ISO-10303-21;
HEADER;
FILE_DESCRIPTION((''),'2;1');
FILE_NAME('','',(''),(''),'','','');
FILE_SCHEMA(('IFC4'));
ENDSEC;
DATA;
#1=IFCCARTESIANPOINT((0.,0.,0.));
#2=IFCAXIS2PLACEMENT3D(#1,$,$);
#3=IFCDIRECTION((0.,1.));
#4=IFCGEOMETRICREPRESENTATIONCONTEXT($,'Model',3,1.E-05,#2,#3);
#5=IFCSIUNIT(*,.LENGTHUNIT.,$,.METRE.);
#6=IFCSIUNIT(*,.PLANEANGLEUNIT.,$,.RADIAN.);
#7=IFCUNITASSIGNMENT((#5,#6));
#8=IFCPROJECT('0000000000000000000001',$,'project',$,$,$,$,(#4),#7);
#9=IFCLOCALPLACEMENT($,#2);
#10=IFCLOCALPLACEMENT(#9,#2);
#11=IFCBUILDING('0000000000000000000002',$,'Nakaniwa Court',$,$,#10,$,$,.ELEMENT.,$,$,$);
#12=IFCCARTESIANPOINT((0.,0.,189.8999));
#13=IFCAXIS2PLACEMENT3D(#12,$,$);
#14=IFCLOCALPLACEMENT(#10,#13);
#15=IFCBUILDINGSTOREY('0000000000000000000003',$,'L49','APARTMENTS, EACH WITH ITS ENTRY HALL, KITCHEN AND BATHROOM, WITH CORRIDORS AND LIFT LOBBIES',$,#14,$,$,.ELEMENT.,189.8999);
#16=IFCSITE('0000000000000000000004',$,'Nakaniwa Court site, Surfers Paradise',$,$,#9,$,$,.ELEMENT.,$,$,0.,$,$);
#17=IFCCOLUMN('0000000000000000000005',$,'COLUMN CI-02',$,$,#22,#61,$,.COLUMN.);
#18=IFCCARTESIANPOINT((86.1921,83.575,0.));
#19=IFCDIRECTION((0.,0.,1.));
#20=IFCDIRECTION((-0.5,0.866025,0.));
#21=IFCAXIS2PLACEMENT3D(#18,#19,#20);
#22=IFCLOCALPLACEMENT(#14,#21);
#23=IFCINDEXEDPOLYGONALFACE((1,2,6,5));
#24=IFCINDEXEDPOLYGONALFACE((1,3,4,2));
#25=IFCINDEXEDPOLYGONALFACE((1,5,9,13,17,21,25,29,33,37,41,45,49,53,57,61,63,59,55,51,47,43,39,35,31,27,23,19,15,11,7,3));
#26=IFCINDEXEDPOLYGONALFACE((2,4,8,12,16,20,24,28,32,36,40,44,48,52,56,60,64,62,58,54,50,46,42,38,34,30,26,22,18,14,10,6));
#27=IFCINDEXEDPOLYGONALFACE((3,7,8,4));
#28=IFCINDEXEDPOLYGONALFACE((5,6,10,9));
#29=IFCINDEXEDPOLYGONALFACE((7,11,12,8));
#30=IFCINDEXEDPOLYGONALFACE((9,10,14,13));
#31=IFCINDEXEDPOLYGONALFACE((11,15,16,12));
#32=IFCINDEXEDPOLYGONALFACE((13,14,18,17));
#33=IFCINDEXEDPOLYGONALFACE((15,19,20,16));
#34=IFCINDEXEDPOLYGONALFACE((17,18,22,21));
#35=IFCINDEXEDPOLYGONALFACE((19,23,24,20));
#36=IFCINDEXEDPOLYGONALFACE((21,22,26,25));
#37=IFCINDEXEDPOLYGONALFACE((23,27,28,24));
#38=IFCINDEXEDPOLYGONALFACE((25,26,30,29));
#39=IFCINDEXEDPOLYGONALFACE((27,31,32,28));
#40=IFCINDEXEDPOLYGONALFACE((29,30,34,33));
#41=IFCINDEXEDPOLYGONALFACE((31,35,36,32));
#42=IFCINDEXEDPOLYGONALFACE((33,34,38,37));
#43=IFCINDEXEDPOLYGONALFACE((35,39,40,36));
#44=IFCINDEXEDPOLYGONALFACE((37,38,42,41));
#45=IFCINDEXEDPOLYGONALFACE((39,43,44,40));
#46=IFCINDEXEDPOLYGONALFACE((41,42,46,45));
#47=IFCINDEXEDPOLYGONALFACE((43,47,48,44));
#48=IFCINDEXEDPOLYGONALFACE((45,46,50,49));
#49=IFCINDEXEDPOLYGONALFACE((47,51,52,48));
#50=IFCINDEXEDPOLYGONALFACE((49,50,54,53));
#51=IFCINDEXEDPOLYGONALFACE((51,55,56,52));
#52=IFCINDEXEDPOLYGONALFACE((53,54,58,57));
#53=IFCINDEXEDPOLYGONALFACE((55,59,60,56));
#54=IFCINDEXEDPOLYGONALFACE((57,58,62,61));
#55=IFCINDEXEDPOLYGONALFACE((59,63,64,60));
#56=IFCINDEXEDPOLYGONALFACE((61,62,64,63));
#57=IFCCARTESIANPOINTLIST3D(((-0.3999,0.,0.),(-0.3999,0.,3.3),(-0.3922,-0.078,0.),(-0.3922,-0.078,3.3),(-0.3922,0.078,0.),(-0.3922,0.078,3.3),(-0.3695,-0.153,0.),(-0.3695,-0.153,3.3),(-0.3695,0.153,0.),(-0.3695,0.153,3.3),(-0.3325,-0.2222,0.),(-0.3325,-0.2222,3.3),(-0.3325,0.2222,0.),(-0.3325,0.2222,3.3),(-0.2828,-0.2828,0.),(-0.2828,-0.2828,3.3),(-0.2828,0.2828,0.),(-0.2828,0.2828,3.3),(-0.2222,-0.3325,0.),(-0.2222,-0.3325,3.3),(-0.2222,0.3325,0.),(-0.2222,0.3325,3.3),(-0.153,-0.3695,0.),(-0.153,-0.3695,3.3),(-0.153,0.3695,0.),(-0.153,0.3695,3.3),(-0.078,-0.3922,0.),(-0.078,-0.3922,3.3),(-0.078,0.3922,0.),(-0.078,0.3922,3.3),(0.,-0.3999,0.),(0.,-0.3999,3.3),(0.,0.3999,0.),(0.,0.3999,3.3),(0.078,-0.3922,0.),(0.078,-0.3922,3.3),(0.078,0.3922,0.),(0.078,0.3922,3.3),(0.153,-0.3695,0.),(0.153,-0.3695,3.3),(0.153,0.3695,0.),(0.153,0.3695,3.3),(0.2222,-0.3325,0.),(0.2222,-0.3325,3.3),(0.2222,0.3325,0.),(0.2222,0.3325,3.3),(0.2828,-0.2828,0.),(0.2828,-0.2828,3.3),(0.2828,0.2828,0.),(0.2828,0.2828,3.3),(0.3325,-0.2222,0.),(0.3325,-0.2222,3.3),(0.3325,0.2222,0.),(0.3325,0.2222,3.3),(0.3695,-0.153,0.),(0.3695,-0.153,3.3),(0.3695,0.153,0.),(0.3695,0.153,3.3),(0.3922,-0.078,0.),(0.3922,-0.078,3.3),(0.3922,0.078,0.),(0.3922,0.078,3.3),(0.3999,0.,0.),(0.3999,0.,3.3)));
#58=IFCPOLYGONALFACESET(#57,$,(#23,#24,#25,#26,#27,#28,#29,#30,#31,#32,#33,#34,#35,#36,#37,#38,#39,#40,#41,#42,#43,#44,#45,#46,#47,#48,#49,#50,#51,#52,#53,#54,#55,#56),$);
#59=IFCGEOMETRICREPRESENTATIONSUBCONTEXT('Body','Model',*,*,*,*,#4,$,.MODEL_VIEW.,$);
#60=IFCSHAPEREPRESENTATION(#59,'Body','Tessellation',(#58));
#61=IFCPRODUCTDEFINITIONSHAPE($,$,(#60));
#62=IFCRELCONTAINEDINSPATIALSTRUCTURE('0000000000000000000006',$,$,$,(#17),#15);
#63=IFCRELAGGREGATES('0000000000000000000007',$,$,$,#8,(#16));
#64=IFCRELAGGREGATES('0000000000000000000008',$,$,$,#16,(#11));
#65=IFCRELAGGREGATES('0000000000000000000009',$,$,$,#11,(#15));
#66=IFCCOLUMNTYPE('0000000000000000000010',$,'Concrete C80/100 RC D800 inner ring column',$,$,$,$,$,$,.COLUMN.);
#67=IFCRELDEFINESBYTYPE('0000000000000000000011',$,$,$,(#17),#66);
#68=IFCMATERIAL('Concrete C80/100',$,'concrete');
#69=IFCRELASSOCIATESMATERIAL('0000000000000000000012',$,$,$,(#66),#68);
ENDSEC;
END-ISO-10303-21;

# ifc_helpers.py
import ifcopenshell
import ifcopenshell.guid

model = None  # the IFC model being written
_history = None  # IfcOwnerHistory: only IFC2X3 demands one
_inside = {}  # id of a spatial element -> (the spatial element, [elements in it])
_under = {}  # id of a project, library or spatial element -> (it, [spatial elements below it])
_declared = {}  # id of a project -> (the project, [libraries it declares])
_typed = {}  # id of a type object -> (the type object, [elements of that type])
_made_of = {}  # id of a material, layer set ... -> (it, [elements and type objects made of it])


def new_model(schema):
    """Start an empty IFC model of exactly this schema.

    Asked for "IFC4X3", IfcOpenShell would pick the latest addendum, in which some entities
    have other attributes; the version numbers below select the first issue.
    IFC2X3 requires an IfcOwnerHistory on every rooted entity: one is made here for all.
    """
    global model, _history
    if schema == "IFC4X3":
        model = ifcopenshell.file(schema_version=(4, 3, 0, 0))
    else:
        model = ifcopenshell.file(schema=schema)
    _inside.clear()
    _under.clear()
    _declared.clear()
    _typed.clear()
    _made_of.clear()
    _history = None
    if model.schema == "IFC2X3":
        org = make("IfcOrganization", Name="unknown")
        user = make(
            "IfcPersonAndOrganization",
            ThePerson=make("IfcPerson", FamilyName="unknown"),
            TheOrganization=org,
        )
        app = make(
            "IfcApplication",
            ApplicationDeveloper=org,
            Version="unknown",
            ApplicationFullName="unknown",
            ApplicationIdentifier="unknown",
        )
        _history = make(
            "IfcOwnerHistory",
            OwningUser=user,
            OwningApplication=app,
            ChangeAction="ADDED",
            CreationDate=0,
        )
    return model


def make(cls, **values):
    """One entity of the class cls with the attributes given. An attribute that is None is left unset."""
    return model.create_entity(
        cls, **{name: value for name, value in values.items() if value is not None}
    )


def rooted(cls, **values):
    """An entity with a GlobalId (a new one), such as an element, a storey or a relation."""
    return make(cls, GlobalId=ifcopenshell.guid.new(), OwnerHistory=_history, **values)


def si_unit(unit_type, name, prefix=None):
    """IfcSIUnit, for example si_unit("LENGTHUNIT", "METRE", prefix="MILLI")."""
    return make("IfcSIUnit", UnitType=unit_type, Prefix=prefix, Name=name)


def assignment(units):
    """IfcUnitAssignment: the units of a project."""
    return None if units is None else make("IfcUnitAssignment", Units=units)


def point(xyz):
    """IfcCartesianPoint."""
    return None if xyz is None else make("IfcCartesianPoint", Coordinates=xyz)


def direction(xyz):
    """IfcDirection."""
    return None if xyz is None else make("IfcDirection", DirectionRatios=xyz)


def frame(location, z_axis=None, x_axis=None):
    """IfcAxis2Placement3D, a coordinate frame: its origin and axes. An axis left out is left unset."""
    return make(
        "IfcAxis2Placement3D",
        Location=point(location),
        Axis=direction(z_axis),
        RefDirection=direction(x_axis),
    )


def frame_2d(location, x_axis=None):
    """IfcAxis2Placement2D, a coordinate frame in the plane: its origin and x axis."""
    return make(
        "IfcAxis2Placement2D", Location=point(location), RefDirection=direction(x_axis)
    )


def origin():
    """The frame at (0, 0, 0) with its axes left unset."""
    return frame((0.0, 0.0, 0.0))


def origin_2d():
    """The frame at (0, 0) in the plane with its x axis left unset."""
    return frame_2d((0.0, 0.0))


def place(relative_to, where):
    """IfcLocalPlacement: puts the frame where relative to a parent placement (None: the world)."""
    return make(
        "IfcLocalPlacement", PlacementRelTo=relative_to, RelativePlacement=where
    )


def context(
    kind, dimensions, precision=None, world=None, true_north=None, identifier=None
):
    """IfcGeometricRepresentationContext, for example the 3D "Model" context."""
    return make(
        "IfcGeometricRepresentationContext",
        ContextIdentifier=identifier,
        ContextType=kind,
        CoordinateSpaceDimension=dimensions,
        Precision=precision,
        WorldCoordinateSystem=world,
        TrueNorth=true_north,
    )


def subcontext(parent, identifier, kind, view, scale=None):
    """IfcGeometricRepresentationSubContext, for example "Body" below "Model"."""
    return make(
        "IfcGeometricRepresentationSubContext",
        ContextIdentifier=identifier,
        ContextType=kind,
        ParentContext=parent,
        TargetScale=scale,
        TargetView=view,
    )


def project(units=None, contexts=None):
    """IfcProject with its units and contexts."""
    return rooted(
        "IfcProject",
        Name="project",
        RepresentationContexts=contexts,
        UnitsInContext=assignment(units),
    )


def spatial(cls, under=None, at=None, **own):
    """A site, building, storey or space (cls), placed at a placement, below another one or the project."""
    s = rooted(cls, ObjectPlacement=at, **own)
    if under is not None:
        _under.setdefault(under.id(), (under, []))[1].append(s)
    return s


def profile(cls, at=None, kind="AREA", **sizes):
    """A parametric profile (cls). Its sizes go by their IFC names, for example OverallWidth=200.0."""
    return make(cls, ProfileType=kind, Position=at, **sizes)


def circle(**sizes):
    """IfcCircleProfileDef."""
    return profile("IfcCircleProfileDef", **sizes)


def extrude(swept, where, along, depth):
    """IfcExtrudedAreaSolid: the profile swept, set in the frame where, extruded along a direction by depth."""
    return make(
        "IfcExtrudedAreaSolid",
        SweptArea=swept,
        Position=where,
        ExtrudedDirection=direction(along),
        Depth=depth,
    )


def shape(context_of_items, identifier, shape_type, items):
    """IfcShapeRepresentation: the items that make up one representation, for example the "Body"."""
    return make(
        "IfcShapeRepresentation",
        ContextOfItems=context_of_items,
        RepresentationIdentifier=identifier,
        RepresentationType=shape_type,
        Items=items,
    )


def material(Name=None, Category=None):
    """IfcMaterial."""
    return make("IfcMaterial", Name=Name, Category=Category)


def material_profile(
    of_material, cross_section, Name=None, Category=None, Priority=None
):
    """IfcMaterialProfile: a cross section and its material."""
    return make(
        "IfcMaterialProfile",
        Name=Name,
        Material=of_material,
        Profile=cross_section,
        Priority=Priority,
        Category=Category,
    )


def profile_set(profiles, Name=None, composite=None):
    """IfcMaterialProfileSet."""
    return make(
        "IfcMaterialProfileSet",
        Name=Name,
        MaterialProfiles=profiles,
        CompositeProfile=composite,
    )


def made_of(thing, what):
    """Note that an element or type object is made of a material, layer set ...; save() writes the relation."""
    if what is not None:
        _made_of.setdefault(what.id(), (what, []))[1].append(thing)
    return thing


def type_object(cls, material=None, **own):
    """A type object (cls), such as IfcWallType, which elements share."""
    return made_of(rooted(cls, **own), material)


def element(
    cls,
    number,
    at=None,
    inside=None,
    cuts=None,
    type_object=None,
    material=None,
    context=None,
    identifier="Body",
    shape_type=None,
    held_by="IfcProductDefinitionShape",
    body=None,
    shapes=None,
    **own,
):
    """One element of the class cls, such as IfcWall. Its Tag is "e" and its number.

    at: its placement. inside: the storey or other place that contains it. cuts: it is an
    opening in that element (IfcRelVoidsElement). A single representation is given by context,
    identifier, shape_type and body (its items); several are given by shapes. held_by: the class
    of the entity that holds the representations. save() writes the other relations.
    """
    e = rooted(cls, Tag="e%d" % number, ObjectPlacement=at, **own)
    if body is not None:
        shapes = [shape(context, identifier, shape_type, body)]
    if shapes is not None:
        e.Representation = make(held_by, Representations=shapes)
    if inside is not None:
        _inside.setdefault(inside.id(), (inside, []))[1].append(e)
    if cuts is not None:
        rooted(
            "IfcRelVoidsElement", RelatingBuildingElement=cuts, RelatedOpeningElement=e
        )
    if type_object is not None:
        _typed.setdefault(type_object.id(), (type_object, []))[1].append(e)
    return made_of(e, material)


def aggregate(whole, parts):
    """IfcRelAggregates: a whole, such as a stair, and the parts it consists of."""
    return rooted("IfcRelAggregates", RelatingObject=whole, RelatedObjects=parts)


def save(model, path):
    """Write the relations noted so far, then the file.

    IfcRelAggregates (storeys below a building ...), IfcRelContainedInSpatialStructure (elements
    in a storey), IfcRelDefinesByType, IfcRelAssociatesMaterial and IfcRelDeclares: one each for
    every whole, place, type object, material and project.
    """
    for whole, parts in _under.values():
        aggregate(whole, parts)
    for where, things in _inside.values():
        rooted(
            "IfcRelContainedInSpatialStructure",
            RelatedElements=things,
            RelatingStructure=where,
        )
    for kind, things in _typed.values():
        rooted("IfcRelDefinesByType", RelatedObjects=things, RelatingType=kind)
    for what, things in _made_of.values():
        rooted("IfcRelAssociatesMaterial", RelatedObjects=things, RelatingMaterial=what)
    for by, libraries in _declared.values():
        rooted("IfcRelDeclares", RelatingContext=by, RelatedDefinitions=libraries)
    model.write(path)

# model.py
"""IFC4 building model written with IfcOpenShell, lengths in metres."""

from ifc_helpers import new_model, si_unit, direction, frame, origin, origin_2d, place, context, subcontext, project, spatial, circle, extrude, material, material_profile, profile_set, type_object, element, save


model = new_model("IFC4")

# Units and contexts
model_context = context("Model", 3, precision=1e-05, world=origin(), true_north=direction((0.0, 1.0)))
body_context = subcontext(model_context, "Body", "Model", "MODEL_VIEW")
ifc_project = project(units=[si_unit("LENGTHUNIT", "METRE"), si_unit("PLANEANGLEUNIT", "RADIAN")], contexts=[model_context])

# Site, building, storey
site_placement = place(None, origin())
site = spatial("IfcSite", under=ifc_project, at=site_placement, Name="Nakaniwa Court site, Surfers Paradise", CompositionType="ELEMENT", RefElevation=0.0)
building_placement = place(site_placement, origin())
building = spatial("IfcBuilding", under=site, at=building_placement, Name="Nakaniwa Court", CompositionType="ELEMENT")
storey_placement = place(building_placement, frame((0.0, 0.0, 189.8999)))
storey = spatial("IfcBuildingStorey", under=building, at=storey_placement, Name="L49", Description="APARTMENTS, EACH WITH ITS ENTRY HALL, KITCHEN AND BATHROOM, WITH CORRIDORS AND LIFT LOBBIES", CompositionType="ELEMENT", Elevation=189.8999)

# Column
ifc_material_1 = material(Name="Concrete C80/100", Category="concrete")
ifc_material_profile_1 = material_profile(ifc_material_1, circle(Radius=0.3999, at=origin_2d()), Name="Concrete C80/100 RC D800 inner ring column")
ifc_profile_set_1 = profile_set([ifc_material_profile_1], Name="Concrete C80/100")
column_type_1 = type_object("IfcColumnType", Name="Concrete C80/100 RC D800 inner ring column", PredefinedType="COLUMN", material=ifc_profile_set_1)
for number, where, z_axis, x_axis, name in (
    (1, (86.1921, 83.575, 0.0), (0.0, 0.0, 1.0), (-0.5, 0.866025, 0.0), "COLUMN CI-02"),
):
    element("IfcColumn", number, at=place(storey_placement, frame(where, z_axis=z_axis, x_axis=x_axis)), inside=storey, type_object=column_type_1, Name=name, PredefinedType="COLUMN", context=body_context, shape_type="SweptSolid", body=[
        extrude(circle(Radius=0.3999, at=origin_2d()), origin(), (0.0, 0.0, 1.0), 3.3),
    ])

save(model, "model.ifc")
